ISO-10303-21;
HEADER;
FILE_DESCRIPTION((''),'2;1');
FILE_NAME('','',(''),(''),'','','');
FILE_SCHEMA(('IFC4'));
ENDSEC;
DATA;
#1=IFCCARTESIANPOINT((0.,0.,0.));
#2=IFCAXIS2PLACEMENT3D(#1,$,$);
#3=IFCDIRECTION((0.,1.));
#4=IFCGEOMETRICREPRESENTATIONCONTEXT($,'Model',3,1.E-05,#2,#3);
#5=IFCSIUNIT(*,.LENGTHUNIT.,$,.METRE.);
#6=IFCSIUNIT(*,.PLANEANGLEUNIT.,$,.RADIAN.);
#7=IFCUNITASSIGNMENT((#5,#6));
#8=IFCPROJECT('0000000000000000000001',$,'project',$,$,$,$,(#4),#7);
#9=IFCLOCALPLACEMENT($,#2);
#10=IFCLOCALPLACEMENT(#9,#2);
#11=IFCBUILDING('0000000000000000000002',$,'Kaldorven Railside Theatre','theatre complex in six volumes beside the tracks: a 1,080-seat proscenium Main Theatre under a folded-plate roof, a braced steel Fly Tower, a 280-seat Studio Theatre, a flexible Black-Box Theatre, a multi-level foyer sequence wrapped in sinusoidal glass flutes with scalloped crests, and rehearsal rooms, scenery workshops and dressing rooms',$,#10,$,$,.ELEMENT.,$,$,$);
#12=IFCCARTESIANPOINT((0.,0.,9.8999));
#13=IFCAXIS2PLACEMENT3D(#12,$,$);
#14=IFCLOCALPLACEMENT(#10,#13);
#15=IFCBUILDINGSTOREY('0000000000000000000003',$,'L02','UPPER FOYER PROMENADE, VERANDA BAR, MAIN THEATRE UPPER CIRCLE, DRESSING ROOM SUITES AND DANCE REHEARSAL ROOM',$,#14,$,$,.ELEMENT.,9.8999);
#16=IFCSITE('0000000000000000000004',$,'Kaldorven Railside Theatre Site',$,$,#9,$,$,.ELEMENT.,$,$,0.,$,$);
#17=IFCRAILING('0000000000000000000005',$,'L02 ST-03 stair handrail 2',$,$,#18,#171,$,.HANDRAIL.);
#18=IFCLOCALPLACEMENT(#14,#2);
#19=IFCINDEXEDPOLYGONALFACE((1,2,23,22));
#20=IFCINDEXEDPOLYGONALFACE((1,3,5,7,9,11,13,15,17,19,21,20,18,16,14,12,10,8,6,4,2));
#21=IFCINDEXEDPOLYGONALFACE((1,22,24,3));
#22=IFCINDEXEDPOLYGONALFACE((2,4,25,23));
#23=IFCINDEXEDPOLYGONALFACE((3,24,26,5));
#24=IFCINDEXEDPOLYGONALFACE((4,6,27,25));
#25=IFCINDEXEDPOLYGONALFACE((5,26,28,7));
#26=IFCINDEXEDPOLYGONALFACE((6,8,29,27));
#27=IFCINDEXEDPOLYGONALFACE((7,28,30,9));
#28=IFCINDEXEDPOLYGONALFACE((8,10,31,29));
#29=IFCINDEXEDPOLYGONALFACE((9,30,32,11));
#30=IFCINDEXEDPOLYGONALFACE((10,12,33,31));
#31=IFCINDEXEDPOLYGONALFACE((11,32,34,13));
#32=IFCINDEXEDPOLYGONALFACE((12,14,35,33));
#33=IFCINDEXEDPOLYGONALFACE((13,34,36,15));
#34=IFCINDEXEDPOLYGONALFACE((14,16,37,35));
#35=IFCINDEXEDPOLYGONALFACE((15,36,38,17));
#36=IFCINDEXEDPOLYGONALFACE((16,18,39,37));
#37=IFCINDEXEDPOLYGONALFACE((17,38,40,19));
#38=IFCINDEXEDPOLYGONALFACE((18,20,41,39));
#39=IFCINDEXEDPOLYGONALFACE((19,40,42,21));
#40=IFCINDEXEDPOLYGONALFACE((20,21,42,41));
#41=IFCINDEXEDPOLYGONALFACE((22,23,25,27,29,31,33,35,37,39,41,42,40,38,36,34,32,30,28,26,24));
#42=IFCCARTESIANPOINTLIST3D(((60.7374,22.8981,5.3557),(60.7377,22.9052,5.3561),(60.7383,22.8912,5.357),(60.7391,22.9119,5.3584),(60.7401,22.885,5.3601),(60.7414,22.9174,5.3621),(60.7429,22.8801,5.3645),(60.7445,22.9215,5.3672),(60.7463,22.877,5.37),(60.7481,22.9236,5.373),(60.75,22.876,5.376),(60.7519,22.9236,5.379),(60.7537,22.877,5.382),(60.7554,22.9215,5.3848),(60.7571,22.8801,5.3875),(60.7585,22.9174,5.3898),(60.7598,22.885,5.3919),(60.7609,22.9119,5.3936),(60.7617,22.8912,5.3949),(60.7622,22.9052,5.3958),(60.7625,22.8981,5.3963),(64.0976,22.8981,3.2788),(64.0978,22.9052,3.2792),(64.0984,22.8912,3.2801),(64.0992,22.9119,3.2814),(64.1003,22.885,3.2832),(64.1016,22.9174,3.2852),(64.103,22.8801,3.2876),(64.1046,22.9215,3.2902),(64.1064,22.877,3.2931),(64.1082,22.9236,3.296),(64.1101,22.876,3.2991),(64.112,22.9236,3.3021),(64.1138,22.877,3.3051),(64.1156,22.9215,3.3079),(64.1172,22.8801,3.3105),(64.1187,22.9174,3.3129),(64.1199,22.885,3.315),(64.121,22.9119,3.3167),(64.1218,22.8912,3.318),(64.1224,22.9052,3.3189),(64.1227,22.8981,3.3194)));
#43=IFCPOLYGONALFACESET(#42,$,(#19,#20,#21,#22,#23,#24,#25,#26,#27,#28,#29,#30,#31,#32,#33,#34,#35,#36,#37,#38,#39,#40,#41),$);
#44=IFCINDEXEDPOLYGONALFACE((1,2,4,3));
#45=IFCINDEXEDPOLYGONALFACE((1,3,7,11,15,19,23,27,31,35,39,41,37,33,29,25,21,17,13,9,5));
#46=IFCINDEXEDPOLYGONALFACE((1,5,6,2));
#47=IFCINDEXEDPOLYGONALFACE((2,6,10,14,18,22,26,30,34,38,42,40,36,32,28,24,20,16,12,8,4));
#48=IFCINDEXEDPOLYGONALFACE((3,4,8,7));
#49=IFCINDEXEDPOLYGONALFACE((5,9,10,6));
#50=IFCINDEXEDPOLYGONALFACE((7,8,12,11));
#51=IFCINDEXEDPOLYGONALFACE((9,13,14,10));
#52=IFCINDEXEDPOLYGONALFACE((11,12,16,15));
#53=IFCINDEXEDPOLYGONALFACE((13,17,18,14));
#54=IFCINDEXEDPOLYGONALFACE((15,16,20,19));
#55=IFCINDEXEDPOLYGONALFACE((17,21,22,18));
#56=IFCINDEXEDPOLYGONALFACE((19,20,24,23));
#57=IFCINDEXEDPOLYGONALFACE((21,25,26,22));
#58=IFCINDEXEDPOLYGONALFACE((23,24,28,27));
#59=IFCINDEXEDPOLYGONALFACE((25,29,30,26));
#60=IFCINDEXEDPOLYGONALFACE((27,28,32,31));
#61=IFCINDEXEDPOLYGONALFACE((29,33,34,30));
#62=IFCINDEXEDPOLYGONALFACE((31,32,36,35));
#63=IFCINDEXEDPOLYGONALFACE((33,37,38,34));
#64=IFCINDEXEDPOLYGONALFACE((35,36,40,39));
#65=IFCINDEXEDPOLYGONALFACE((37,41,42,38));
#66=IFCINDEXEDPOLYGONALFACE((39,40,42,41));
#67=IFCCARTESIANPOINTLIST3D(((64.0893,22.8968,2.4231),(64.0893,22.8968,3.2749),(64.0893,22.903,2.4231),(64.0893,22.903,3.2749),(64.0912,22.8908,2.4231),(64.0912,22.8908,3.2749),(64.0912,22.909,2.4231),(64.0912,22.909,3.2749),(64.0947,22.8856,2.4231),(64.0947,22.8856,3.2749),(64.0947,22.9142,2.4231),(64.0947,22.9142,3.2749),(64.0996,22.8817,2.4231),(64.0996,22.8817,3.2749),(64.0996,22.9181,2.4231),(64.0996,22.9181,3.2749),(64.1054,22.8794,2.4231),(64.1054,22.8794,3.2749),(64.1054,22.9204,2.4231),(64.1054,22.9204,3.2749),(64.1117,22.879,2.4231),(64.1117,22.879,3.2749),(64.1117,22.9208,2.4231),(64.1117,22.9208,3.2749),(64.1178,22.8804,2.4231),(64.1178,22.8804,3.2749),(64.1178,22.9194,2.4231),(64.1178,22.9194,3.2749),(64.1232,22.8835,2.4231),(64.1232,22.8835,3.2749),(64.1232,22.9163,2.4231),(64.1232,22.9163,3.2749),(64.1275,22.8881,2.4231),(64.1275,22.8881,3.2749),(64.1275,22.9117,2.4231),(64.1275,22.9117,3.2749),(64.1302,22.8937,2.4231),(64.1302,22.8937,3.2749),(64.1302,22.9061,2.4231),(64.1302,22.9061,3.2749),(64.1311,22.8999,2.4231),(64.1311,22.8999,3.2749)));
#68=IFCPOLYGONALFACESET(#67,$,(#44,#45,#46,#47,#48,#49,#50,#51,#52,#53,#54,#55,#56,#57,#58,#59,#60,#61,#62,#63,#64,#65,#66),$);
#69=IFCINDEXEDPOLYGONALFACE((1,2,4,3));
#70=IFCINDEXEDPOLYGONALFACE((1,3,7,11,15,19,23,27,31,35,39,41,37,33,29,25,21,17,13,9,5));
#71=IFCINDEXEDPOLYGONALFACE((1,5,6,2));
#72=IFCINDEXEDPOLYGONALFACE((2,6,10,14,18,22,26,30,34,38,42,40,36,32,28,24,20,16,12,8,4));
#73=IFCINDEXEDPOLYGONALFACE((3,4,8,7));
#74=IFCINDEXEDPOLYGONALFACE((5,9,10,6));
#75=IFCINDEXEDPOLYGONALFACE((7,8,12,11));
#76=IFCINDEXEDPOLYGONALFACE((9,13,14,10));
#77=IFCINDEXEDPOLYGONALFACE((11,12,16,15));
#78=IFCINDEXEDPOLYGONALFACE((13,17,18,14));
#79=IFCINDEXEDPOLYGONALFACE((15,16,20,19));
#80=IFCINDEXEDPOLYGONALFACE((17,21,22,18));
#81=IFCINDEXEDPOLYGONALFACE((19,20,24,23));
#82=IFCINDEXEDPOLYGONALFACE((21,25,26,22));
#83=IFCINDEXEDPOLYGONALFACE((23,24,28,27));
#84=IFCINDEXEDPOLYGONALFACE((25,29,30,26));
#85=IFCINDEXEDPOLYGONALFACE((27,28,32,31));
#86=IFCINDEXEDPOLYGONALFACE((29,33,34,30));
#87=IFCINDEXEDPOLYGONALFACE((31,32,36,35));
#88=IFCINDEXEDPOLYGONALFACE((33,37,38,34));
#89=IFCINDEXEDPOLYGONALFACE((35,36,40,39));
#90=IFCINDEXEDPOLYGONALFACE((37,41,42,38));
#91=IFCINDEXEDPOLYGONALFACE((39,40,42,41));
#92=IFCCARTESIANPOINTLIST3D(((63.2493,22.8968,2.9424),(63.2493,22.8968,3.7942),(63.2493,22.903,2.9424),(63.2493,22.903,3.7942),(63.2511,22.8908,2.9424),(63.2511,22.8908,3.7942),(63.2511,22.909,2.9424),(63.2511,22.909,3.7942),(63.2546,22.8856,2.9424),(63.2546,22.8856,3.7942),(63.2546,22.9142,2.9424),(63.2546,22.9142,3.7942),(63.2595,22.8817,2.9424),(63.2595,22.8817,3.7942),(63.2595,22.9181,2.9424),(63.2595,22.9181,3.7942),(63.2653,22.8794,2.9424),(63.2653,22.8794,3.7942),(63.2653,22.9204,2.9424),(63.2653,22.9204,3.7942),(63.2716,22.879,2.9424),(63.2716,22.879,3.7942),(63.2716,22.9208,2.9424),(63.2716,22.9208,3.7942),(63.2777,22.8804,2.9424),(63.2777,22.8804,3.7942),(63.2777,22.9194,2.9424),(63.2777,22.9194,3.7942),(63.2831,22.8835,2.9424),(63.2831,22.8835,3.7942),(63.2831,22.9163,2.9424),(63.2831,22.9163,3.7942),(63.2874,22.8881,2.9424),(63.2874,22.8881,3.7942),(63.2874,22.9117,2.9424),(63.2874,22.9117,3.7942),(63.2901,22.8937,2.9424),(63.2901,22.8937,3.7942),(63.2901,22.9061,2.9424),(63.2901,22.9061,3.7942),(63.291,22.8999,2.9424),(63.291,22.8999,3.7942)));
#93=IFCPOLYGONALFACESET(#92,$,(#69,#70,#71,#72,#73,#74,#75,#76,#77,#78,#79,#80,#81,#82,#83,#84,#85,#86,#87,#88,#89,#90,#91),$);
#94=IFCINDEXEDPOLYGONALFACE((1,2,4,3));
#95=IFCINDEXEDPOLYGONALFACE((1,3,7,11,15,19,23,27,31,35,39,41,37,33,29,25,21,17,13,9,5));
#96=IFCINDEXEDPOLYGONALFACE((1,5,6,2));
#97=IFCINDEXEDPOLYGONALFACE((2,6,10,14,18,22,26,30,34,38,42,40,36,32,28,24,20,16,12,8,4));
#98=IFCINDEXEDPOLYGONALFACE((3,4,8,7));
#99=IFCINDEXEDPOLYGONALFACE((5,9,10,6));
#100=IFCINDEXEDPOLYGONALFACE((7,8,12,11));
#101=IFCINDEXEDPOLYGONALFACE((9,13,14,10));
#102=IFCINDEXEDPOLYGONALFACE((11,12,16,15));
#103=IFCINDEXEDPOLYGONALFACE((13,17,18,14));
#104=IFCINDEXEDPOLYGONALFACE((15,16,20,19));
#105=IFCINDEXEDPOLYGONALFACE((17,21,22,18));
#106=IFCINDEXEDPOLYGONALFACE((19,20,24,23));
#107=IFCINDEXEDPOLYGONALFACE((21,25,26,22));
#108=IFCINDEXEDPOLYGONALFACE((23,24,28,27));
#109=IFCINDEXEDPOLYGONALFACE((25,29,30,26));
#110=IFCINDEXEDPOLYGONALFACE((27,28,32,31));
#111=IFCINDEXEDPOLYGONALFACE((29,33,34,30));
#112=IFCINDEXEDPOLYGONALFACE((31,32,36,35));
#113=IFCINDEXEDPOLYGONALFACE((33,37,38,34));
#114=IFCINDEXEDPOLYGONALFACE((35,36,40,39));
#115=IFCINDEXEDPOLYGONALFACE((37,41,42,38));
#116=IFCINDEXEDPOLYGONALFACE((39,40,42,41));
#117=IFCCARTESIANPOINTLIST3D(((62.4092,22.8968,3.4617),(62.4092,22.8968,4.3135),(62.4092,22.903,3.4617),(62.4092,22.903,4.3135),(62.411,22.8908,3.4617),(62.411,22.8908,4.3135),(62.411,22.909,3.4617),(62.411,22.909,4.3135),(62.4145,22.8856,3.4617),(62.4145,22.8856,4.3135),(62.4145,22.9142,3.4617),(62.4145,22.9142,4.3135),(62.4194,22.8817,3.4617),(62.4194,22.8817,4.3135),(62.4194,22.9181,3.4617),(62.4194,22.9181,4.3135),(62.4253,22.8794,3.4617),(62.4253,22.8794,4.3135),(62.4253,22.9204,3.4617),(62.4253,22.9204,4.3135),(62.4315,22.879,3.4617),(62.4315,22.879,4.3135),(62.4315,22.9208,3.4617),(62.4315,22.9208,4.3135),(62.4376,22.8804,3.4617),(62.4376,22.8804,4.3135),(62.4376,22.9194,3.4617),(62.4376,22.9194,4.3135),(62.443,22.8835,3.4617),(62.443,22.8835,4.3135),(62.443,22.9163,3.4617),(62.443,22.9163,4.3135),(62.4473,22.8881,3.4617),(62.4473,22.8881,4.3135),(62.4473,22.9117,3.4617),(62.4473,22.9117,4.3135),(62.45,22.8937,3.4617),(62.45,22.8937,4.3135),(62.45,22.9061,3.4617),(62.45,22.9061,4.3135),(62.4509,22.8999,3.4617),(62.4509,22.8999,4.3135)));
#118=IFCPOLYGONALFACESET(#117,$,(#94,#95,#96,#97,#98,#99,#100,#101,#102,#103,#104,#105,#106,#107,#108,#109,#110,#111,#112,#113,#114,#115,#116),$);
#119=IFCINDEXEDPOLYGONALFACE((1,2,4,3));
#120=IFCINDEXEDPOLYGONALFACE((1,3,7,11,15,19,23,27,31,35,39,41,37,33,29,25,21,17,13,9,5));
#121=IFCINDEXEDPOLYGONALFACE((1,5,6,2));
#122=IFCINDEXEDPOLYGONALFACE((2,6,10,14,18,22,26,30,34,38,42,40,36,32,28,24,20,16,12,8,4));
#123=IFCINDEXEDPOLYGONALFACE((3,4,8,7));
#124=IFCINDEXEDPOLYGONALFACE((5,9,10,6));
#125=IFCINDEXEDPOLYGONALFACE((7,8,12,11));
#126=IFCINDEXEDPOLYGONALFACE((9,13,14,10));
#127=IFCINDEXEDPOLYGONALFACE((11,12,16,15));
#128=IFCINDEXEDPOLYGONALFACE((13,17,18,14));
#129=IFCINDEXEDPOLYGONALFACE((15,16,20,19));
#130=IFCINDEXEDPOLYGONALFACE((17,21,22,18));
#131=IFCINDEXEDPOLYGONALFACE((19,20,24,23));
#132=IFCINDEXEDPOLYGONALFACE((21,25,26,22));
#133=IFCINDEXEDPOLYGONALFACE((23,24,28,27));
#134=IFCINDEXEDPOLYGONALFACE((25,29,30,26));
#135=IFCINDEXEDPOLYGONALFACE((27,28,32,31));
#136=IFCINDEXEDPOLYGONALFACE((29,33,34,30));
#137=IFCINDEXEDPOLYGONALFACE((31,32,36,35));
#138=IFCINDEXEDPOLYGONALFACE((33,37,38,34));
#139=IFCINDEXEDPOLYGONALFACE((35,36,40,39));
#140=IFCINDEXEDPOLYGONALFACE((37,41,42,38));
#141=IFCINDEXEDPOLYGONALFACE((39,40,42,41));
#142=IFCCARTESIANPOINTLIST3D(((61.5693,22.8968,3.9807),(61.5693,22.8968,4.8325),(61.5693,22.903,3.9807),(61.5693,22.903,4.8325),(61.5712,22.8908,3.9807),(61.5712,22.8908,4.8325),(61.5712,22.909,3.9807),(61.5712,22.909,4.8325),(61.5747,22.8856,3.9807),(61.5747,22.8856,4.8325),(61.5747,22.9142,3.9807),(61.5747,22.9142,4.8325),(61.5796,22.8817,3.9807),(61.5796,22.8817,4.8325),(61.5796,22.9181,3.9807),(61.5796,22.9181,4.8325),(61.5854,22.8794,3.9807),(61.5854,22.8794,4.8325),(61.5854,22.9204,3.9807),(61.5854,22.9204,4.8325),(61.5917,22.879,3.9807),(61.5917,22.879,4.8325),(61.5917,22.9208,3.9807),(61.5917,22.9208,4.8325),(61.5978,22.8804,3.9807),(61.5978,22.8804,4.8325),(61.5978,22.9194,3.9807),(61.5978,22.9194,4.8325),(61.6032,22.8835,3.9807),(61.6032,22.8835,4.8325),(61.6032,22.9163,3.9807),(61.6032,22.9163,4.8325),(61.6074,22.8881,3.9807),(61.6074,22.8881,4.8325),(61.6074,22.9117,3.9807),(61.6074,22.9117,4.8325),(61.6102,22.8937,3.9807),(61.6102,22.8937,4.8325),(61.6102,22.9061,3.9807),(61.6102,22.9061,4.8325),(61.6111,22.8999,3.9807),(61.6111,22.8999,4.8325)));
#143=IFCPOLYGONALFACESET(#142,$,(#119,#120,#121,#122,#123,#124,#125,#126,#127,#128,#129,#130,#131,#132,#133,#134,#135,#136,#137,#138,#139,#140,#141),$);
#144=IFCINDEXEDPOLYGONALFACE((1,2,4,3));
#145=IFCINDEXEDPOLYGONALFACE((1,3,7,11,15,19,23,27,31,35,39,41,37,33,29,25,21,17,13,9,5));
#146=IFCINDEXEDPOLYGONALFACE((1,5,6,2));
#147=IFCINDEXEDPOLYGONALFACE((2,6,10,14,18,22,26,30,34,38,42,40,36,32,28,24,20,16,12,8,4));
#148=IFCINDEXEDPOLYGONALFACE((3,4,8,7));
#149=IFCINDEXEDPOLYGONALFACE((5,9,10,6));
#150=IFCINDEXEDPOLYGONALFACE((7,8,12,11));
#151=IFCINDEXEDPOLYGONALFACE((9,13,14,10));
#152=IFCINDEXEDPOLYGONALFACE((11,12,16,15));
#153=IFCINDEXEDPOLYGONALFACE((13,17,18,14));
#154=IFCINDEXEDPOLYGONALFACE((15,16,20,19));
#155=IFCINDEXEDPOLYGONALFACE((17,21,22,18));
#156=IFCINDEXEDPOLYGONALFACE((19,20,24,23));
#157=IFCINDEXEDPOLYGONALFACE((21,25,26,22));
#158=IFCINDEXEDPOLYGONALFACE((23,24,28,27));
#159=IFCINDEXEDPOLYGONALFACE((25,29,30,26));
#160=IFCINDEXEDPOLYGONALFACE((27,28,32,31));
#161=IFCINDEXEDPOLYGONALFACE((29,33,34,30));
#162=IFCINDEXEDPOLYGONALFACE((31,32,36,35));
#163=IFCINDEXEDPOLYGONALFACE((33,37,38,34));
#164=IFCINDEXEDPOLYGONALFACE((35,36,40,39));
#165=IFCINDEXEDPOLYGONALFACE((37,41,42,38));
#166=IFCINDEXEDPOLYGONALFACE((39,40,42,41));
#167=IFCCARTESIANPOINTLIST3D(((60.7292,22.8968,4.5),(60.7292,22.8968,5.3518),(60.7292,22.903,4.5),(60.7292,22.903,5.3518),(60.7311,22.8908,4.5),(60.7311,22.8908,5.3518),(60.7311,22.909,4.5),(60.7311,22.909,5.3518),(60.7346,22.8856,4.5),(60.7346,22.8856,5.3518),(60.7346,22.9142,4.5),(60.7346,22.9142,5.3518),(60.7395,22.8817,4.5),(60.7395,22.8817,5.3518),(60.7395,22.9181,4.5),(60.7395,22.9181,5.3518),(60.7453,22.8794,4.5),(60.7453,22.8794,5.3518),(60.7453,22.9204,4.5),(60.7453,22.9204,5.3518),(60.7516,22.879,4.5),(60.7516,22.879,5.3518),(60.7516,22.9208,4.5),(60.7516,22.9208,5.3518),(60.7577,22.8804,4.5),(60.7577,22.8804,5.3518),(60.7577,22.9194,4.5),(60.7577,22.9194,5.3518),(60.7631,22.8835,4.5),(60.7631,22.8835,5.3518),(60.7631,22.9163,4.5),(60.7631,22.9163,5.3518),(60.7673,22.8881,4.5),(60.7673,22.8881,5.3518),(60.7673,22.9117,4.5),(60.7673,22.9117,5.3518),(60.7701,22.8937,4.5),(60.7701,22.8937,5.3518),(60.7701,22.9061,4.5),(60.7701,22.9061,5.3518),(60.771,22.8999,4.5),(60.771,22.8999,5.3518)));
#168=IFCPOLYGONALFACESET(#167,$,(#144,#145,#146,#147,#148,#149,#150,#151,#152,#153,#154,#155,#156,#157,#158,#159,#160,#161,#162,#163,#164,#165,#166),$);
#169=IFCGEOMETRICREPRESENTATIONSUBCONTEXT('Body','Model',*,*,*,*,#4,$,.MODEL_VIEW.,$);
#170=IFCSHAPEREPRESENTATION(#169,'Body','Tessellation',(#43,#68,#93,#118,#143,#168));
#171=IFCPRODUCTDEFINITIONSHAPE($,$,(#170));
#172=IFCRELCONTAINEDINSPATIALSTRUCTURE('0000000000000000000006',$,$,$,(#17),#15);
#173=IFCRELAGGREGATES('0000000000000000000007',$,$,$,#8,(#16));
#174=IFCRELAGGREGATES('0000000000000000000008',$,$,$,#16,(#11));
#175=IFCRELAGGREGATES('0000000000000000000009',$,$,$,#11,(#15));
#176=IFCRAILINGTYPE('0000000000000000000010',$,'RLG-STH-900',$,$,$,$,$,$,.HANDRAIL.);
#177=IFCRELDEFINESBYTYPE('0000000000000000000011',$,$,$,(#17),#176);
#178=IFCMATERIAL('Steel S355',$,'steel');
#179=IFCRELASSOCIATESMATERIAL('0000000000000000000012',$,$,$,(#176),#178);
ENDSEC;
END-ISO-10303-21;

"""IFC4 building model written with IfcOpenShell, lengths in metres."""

from ifc_helpers import new_model, si_unit, direction, frame, origin, origin_2d, place, context, subcontext, project, spatial, circle, extrude, material, type_object, element, save


model = new_model("IFC4")

# Units and contexts
model_context = context("Model", 3, precision=1e-05, world=origin(), true_north=direction((0.0, 1.0)))
body_context = subcontext(model_context, "Body", "Model", "MODEL_VIEW")
ifc_project = project(units=[si_unit("LENGTHUNIT", "METRE"), si_unit("PLANEANGLEUNIT", "RADIAN")], contexts=[model_context])

# Site, building, storey
site_placement = place(None, origin())
site = spatial("IfcSite", under=ifc_project, at=site_placement, Name="Kaldorven Railside Theatre Site", CompositionType="ELEMENT", RefElevation=0.0)
building_placement = place(site_placement, origin())
building = spatial("IfcBuilding", under=site, at=building_placement, Name="Kaldorven Railside Theatre", Description="theatre complex in six volumes beside the tracks: a 1,080-seat proscenium Main Theatre under a folded-plate roof, a braced steel Fly Tower, a 280-seat Studio Theatre, a flexible Black-Box Theatre, a multi-level foyer sequence wrapped in sinusoidal glass flutes with scalloped crests, and rehearsal rooms, scenery workshops and dressing rooms", CompositionType="ELEMENT")
storey_placement = place(building_placement, frame((0.0, 0.0, 9.8999)))
storey = spatial("IfcBuildingStorey", under=building, at=storey_placement, Name="L02", Description="UPPER FOYER PROMENADE, VERANDA BAR, MAIN THEATRE UPPER CIRCLE, DRESSING ROOM SUITES AND DANCE REHEARSAL ROOM", CompositionType="ELEMENT", Elevation=9.8999)

# Shared definitions
ifc_material_1 = material(Name="Steel S355", Category="steel")

# Railing
railing_type_1 = type_object("IfcRailingType", Name="RLG-STH-900", PredefinedType="HANDRAIL", material=ifc_material_1)
railing_1_placement = place(storey_placement, frame((64.1101, 22.8999, 2.4231)))
element("IfcRailing", 1, at=railing_1_placement, inside=storey, type_object=railing_type_1, Name="L02 ST-03 stair handrail 2", PredefinedType="HANDRAIL", context=body_context, shape_type="SweptSolid", body=[
    extrude(circle(Radius=0.0239, at=origin_2d()), frame((0.0, 0.0, 0.876), z_axis=(-0.850623, 0.0, 0.525776), x_axis=(0.0, -1.0, 0.0)), (0.0, 0.0, 1.0), 3.9502),
    extrude(circle(Radius=0.021, at=origin_2d()), origin(), (0.0, 0.0, 1.0), 0.8518),
    extrude(circle(Radius=0.021, at=origin_2d()), frame((-0.8401, 0.0, 0.5193)), (0.0, 0.0, 1.0), 0.8518),
    extrude(circle(Radius=0.021, at=origin_2d()), frame((-1.6802, 0.0, 1.0386)), (0.0, 0.0, 1.0), 0.8518),
    extrude(circle(Radius=0.021, at=origin_2d()), frame((-2.52, 0.0, 1.5576)), (0.0, 0.0, 1.0), 0.8518),
    extrude(circle(Radius=0.021, at=origin_2d()), frame((-3.3601, 0.0, 2.0769)), (0.0, 0.0, 1.0), 0.8518),
])

save(model, "model.ifc")
